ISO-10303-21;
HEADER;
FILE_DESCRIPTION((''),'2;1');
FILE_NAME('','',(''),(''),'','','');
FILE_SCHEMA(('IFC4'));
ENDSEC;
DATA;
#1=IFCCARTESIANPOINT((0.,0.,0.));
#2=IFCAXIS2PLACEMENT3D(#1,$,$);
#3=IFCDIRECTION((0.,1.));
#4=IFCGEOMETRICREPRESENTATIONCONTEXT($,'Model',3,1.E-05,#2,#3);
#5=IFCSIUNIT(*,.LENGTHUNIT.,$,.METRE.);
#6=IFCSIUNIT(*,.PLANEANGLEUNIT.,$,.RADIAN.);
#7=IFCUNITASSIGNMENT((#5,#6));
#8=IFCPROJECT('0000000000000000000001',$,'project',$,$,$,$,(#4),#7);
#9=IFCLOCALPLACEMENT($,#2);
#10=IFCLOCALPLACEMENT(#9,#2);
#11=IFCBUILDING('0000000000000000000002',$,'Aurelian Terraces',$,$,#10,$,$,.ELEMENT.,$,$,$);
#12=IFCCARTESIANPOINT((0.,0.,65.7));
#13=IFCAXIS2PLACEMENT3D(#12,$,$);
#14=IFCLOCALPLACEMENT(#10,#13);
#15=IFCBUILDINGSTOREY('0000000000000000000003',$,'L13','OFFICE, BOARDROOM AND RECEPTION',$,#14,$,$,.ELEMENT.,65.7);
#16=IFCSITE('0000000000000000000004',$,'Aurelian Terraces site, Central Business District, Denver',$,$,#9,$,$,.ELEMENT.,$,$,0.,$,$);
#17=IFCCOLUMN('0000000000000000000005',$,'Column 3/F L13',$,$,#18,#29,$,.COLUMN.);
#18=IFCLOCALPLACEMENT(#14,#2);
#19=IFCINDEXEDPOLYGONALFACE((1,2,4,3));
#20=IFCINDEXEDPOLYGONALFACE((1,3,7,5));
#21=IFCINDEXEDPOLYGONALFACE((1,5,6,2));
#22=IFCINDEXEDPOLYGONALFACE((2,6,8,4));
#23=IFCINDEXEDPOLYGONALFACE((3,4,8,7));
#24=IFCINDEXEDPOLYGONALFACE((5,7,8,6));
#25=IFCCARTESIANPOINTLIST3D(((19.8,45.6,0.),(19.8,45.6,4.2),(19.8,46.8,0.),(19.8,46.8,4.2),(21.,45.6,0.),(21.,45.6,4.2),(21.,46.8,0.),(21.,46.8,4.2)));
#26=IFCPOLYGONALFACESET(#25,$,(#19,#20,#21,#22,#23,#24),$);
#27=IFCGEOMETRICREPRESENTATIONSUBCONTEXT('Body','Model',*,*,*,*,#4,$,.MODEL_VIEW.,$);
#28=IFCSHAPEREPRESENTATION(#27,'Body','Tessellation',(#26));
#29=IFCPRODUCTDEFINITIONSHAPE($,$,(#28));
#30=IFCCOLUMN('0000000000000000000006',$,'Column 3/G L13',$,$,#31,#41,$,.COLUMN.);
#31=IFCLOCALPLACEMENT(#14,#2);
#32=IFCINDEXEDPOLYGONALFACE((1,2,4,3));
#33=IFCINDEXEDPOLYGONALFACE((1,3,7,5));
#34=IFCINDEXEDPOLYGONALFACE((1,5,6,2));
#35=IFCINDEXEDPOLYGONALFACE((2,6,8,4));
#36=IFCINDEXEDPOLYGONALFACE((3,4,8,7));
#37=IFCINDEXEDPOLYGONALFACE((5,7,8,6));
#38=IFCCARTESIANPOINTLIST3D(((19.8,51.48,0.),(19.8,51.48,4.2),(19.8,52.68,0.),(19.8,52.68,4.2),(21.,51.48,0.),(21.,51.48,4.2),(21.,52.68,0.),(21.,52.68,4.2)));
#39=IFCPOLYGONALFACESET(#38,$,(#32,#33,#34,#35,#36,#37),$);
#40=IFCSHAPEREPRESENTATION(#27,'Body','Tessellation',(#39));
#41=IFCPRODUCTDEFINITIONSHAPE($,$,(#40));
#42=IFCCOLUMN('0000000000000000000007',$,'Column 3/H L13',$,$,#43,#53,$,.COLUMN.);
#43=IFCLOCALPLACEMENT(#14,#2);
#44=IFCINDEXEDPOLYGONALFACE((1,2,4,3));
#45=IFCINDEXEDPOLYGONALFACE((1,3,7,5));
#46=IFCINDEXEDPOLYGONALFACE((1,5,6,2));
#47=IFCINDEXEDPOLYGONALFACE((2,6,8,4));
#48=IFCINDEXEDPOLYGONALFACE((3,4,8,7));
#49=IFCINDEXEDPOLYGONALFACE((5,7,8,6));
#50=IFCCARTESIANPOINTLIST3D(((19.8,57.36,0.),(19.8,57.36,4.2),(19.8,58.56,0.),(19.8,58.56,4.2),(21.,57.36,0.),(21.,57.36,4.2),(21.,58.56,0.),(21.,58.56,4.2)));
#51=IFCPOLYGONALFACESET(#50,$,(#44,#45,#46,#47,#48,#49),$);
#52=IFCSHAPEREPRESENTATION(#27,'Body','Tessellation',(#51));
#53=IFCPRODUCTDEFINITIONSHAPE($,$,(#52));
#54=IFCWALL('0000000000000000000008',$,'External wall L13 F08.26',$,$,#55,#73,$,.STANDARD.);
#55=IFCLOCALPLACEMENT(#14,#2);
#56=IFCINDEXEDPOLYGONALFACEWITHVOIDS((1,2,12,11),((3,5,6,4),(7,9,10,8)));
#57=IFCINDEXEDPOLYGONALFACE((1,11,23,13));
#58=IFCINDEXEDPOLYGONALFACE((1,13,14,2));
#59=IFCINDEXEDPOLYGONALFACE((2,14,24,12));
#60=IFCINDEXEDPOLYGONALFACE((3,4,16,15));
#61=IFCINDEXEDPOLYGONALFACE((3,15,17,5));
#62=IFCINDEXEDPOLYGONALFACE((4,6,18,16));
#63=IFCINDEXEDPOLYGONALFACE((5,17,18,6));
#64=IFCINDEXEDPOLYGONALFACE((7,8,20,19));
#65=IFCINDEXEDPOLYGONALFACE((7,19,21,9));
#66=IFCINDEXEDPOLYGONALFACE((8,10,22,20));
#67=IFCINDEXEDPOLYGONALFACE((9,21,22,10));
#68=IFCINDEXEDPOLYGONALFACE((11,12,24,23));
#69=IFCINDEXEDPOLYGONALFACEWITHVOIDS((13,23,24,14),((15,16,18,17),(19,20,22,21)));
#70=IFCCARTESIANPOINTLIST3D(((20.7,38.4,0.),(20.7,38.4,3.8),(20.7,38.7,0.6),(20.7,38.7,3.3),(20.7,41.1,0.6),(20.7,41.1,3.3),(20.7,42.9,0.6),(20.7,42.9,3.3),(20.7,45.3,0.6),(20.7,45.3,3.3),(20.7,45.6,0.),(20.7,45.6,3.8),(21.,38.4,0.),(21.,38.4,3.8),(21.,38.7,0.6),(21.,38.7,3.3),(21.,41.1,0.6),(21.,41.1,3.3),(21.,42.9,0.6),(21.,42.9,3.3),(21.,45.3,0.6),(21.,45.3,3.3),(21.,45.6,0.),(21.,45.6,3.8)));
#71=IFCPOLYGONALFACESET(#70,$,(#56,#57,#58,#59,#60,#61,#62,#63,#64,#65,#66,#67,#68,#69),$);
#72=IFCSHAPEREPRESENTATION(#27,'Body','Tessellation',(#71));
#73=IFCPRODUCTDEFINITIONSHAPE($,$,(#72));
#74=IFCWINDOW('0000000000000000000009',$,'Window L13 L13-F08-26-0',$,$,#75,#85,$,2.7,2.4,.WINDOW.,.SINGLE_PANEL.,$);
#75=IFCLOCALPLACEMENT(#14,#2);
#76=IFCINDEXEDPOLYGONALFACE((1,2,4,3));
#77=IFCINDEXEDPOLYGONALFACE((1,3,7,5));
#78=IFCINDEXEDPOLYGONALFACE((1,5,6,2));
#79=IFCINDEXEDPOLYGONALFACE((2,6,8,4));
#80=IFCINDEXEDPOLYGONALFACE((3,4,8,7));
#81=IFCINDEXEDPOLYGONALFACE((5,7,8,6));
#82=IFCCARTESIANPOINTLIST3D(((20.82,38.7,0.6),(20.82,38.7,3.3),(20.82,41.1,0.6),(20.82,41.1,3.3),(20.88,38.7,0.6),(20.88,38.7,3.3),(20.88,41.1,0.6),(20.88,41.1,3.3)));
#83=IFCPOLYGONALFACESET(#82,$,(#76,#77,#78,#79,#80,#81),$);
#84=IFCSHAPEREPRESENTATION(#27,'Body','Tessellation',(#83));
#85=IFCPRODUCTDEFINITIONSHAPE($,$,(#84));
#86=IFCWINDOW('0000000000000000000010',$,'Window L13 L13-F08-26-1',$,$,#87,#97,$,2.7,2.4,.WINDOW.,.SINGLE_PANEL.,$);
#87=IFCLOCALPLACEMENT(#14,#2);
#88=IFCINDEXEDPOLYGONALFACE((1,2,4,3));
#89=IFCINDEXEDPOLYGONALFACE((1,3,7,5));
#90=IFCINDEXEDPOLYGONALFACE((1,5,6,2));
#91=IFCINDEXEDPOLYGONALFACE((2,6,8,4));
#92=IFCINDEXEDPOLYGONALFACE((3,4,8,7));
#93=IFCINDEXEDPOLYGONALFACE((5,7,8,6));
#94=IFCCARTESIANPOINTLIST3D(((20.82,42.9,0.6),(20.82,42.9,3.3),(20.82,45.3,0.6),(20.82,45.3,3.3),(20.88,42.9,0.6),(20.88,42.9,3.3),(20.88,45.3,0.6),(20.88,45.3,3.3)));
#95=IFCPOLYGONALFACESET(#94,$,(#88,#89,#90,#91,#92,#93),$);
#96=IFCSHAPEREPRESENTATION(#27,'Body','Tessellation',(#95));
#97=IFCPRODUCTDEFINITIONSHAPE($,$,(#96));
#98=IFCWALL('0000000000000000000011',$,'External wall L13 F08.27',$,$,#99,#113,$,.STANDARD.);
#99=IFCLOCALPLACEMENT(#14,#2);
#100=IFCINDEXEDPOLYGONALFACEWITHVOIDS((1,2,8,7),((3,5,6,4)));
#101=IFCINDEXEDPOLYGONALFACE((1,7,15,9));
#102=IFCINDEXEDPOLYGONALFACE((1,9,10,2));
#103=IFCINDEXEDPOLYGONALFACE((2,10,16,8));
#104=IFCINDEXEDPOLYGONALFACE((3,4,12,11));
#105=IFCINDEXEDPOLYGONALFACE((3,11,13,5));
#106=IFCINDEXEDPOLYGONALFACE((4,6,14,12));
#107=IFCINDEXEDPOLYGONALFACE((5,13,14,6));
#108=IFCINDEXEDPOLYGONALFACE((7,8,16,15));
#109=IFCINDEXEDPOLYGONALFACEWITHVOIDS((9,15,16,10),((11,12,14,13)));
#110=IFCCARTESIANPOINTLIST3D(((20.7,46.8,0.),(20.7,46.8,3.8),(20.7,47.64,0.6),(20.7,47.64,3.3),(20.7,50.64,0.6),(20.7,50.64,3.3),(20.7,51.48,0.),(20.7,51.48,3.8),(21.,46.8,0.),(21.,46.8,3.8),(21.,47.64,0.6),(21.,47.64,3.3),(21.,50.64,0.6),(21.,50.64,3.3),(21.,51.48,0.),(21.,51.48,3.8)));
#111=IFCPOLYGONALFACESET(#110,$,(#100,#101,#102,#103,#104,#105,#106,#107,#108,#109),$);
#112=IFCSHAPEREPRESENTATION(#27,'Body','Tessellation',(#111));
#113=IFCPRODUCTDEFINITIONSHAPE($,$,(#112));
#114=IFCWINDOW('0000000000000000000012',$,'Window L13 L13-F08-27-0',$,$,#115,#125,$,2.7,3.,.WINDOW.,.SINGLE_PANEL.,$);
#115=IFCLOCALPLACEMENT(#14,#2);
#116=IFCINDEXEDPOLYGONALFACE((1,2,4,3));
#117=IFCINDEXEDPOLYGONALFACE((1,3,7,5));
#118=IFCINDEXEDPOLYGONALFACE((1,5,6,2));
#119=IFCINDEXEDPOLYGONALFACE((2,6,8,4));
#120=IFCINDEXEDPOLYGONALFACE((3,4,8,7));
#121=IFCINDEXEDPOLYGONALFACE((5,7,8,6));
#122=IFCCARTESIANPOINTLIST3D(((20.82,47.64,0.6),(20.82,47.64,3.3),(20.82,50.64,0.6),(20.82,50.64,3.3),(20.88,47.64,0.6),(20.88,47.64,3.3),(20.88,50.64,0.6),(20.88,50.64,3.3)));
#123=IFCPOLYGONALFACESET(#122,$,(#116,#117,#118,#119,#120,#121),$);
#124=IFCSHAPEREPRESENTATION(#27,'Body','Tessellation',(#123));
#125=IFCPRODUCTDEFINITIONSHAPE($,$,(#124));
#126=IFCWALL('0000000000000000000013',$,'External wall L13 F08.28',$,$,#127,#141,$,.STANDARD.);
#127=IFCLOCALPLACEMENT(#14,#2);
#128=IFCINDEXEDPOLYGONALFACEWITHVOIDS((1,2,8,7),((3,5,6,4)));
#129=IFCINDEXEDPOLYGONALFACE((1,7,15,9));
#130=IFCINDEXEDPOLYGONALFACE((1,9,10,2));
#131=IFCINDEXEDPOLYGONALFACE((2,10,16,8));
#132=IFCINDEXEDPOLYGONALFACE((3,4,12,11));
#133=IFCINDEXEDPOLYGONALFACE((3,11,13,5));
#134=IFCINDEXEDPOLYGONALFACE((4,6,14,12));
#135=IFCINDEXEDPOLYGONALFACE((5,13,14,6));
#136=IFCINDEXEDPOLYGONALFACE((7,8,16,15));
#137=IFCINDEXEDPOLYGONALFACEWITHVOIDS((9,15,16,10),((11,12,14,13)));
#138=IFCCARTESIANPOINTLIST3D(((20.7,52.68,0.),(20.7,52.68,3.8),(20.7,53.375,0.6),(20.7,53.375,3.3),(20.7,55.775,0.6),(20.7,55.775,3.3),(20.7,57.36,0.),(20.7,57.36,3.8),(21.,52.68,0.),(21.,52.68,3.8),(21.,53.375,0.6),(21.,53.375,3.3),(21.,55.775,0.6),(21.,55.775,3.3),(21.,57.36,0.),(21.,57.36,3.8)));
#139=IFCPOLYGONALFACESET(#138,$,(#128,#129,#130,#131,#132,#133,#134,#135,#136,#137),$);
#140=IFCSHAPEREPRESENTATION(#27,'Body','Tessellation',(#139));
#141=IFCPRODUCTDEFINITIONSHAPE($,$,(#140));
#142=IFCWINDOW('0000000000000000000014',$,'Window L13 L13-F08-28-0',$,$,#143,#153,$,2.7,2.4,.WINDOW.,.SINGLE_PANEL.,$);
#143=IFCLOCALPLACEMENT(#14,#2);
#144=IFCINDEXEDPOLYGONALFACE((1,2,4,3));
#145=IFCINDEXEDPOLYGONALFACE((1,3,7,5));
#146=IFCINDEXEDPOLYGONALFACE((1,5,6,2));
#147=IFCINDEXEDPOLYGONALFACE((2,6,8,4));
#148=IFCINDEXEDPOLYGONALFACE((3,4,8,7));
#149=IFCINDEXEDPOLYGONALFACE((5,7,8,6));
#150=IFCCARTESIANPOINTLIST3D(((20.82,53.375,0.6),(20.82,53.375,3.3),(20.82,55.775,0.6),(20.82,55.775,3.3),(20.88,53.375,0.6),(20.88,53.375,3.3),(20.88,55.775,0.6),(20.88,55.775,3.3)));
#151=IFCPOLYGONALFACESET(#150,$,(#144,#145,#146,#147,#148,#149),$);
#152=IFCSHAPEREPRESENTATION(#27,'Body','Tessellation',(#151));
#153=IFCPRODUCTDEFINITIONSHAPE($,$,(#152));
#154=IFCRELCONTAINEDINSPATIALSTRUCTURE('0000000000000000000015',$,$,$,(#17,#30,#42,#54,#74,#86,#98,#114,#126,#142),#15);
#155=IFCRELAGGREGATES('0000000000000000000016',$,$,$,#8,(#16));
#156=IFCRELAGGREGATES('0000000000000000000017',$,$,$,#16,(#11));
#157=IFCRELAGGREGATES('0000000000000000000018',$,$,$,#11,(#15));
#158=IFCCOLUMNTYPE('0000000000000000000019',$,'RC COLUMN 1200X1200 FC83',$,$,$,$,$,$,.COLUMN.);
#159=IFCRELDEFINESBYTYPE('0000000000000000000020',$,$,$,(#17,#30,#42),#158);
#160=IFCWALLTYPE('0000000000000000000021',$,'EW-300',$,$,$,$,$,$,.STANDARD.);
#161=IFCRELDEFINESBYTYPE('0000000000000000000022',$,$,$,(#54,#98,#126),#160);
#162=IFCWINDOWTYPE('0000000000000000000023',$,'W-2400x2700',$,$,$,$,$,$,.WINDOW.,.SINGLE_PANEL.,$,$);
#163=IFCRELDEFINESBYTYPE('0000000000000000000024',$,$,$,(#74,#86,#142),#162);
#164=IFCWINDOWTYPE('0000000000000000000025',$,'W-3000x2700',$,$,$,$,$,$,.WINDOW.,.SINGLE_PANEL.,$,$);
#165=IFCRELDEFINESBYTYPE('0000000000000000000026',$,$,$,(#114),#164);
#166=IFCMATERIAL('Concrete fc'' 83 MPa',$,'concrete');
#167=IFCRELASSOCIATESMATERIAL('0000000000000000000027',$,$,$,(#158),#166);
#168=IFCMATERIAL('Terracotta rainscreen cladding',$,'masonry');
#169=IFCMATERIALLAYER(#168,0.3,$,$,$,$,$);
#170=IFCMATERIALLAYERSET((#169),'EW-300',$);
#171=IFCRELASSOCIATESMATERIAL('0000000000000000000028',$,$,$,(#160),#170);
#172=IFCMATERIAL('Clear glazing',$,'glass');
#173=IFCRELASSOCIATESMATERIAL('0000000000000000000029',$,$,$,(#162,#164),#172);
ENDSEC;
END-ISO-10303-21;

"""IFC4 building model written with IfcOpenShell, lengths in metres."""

from ifc_helpers import new_model, si_unit, direction, frame, frame_2d, origin, origin_2d, place, context, subcontext, project, spatial, rectangle, extrude, source, transform, mapped, material, layer, layer_set, material_profile, profile_set, type_object, element, fill, save


model = new_model("IFC4")

# Units and contexts
model_context = context("Model", 3, precision=1e-05, world=origin(), true_north=direction((0.0, 1.0)))
body_context = subcontext(model_context, "Body", "Model", "MODEL_VIEW")
ifc_project = project(units=[si_unit("LENGTHUNIT", "METRE"), si_unit("PLANEANGLEUNIT", "RADIAN")], contexts=[model_context])

# Site, building, storey
site_placement = place(None, origin())
site = spatial("IfcSite", under=ifc_project, at=site_placement, Name="Aurelian Terraces site, Central Business District, Denver", CompositionType="ELEMENT", RefElevation=0.0)
building_placement = place(site_placement, origin())
building = spatial("IfcBuilding", under=site, at=building_placement, Name="Aurelian Terraces", CompositionType="ELEMENT")
storey_placement = place(building_placement, frame((0.0, 0.0, 65.7)))
storey = spatial("IfcBuildingStorey", under=building, at=storey_placement, Name="L13", Description="OFFICE, BOARDROOM AND RECEPTION", CompositionType="ELEMENT", Elevation=65.7)

# Columns
ifc_material_1 = material(Name="Concrete fc' 83 MPa", Category="concrete")
ifc_material_profile = material_profile(ifc_material_1, rectangle(XDim=1.2, YDim=1.2, at=origin_2d()))
ifc_profile_set = profile_set([ifc_material_profile], Name="Concrete fc' 83 MPa")
column_type = type_object("IfcColumnType", Name="RC COLUMN 1200X1200 FC83", PredefinedType="COLUMN", material=ifc_profile_set)
shared_shape_1 = source(origin(), body_context, "Body", "SweptSolid", [
    extrude(rectangle(XDim=1.2, YDim=1.2, at=origin_2d()), origin(), (0.0, 0.0, 1.0), 4.2),
])
for number, where, z_axis, x_axis, name in (
    (1, (20.4, 46.2, 0.0), (0.0, 0.0, 1.0), (1.0, 0.0, 0.0), "Column 3/F L13"),
    (2, (20.4, 52.08, 0.0), (0.0, 0.0, 1.0), (1.0, 0.0, 0.0), "Column 3/G L13"),
    (3, (20.4, 57.96, 0.0), (0.0, 0.0, 1.0), (1.0, 0.0, 0.0), "Column 3/H L13"),
):
    element("IfcColumn", number, at=place(storey_placement, frame(where, z_axis=z_axis, x_axis=x_axis)), inside=storey, type_object=column_type, Name=name, PredefinedType="COLUMN", context=body_context, shape_type="MappedRepresentation", body=[
        mapped(shared_shape_1, transform((0.0, 0.0, 0.0), scale=1.0)),
    ])

# Wall, openings, windows
ifc_material_2 = material(Name="Terracotta rainscreen cladding", Category="masonry")
ifc_layer_1 = layer(ifc_material_2, 0.3)
ifc_layer_set_1 = layer_set([ifc_layer_1], Name="EW-300")
wall_type_1 = type_object("IfcWallType", Name="EW-300", PredefinedType="STANDARD", material=ifc_layer_set_1)
shared_shape_2 = source(origin(), body_context, "Body", "SweptSolid", [
    extrude(rectangle(XDim=7.2, YDim=0.3, at=frame_2d((3.6, 0.0))), origin(), (0.0, 0.0, 1.0), 3.8),
])
wall_1_placement = place(storey_placement, frame((20.85, 38.4, 0.0), z_axis=(0.0, 0.0, 1.0), x_axis=(0.0, 1.0, 0.0)))
wall_1 = element("IfcWall", 4, at=wall_1_placement, inside=storey, type_object=wall_type_1, Name="External wall L13 F08.26", PredefinedType="STANDARD", context=body_context, shape_type="MappedRepresentation", body=[
    mapped(shared_shape_2, transform((0.0, 0.0, 0.0), scale=1.0)),
])
shared_shape_3 = source(origin(), body_context, "Body", "SweptSolid", [
    extrude(rectangle(XDim=2.4, YDim=2.7, at=frame_2d((1.2, 1.35))), frame((0.0, 0.16, 0.0), z_axis=(0.0, -1.0, 0.0), x_axis=(1.0, 0.0, 0.0)), (0.0, 0.0, 1.0), 0.32),
])
opening_1_placement = place(wall_1_placement, frame((0.3, 0.0, 0.6)))
opening_1 = element("IfcOpeningElement", 5, at=opening_1_placement, cuts=wall_1, PredefinedType="OPENING", context=body_context, shape_type="MappedRepresentation", body=[
    mapped(shared_shape_3, transform((0.0, 0.0, 0.0), scale=1.0)),
])
opening_2_placement = place(wall_1_placement, frame((4.5, 0.0, 0.6)))
opening_2 = element("IfcOpeningElement", 6, at=opening_2_placement, cuts=wall_1, PredefinedType="OPENING", context=body_context, shape_type="MappedRepresentation", body=[
    mapped(shared_shape_3, transform((0.0, 0.0, 0.0), scale=1.0)),
])
ifc_material_3 = material(Name="Clear glazing", Category="glass")
window_type_1 = type_object("IfcWindowType", Name="W-2400x2700", PartitioningType="SINGLE_PANEL", PredefinedType="WINDOW", material=ifc_material_3)
shared_shape_4 = source(origin(), body_context, "Body", "SweptSolid", [
    extrude(rectangle(XDim=2.4, YDim=2.7, at=frame_2d((1.2, 1.35))), frame((0.0, 0.03, 0.0), z_axis=(0.0, -1.0, 0.0), x_axis=(1.0, 0.0, 0.0)), (0.0, 0.0, 1.0), 0.06),
])
window_1_placement = place(opening_1_placement, origin())
window_1 = element("IfcWindow", 7, at=window_1_placement, inside=storey, type_object=window_type_1, Name="Window L13 L13-F08-26-0", OverallHeight=2.7, OverallWidth=2.4, PartitioningType="SINGLE_PANEL", PredefinedType="WINDOW", context=body_context, shape_type="MappedRepresentation", body=[
    mapped(shared_shape_4, transform((0.0, 0.0, 0.0), scale=1.0)),
])
fill(opening_1, window_1)
window_2_placement = place(opening_2_placement, origin())
window_2 = element("IfcWindow", 8, at=window_2_placement, inside=storey, type_object=window_type_1, Name="Window L13 L13-F08-26-1", OverallHeight=2.7, OverallWidth=2.4, PartitioningType="SINGLE_PANEL", PredefinedType="WINDOW", context=body_context, shape_type="MappedRepresentation", body=[
    mapped(shared_shape_4, transform((0.0, 0.0, 0.0), scale=1.0)),
])
fill(opening_2, window_2)

# Walls, openings, windows
shared_shape_5 = source(origin(), body_context, "Body", "SweptSolid", [
    extrude(rectangle(XDim=4.68, YDim=0.3, at=frame_2d((2.34, 0.0))), origin(), (0.0, 0.0, 1.0), 3.8),
])
wall_2_placement = place(storey_placement, frame((20.85, 46.8, 0.0), z_axis=(0.0, 0.0, 1.0), x_axis=(0.0, 1.0, 0.0)))
wall_2 = element("IfcWall", 9, at=wall_2_placement, inside=storey, type_object=wall_type_1, Name="External wall L13 F08.27", PredefinedType="STANDARD", context=body_context, shape_type="MappedRepresentation", body=[
    mapped(shared_shape_5, transform((0.0, 0.0, 0.0), scale=1.0)),
])
shared_shape_6 = source(origin(), body_context, "Body", "SweptSolid", [
    extrude(rectangle(XDim=3.0, YDim=2.7, at=frame_2d((1.5, 1.35))), frame((0.0, 0.16, 0.0), z_axis=(0.0, -1.0, 0.0), x_axis=(1.0, 0.0, 0.0)), (0.0, 0.0, 1.0), 0.32),
])
opening_3_placement = place(wall_2_placement, frame((0.84, 0.0, 0.6)))
opening_3 = element("IfcOpeningElement", 10, at=opening_3_placement, cuts=wall_2, PredefinedType="OPENING", context=body_context, shape_type="MappedRepresentation", body=[
    mapped(shared_shape_6, transform((0.0, 0.0, 0.0), scale=1.0)),
])
window_type_2 = type_object("IfcWindowType", Name="W-3000x2700", PartitioningType="SINGLE_PANEL", PredefinedType="WINDOW", material=ifc_material_3)
shared_shape_7 = source(origin(), body_context, "Body", "SweptSolid", [
    extrude(rectangle(XDim=3.0, YDim=2.7, at=frame_2d((1.5, 1.35))), frame((0.0, 0.03, 0.0), z_axis=(0.0, -1.0, 0.0), x_axis=(1.0, 0.0, 0.0)), (0.0, 0.0, 1.0), 0.06),
])
window_3_placement = place(opening_3_placement, origin())
window_3 = element("IfcWindow", 11, at=window_3_placement, inside=storey, type_object=window_type_2, Name="Window L13 L13-F08-27-0", OverallHeight=2.7, OverallWidth=3.0, PartitioningType="SINGLE_PANEL", PredefinedType="WINDOW", context=body_context, shape_type="MappedRepresentation", body=[
    mapped(shared_shape_7, transform((0.0, 0.0, 0.0), scale=1.0)),
])
fill(opening_3, window_3)
wall_3_placement = place(storey_placement, frame((20.85, 52.68, 0.0), z_axis=(0.0, 0.0, 1.0), x_axis=(0.0, 1.0, 0.0)))
wall_3 = element("IfcWall", 12, at=wall_3_placement, inside=storey, type_object=wall_type_1, Name="External wall L13 F08.28", PredefinedType="STANDARD", context=body_context, shape_type="MappedRepresentation", body=[
    mapped(shared_shape_5, transform((0.0, 0.0, 0.0), scale=1.0)),
])
opening_4_placement = place(wall_3_placement, frame((0.695, 0.0, 0.6)))
opening_4 = element("IfcOpeningElement", 13, at=opening_4_placement, cuts=wall_3, PredefinedType="OPENING", context=body_context, shape_type="MappedRepresentation", body=[
    mapped(shared_shape_3, transform((0.0, 0.0, 0.0), scale=1.0)),
])
window_4_placement = place(opening_4_placement, origin())
window_4 = element("IfcWindow", 14, at=window_4_placement, inside=storey, type_object=window_type_1, Name="Window L13 L13-F08-28-0", OverallHeight=2.7, OverallWidth=2.4, PartitioningType="SINGLE_PANEL", PredefinedType="WINDOW", context=body_context, shape_type="MappedRepresentation", body=[
    mapped(shared_shape_4, transform((0.0, 0.0, 0.0), scale=1.0)),
])
fill(opening_4, window_4)

save(model, "model.ifc")
